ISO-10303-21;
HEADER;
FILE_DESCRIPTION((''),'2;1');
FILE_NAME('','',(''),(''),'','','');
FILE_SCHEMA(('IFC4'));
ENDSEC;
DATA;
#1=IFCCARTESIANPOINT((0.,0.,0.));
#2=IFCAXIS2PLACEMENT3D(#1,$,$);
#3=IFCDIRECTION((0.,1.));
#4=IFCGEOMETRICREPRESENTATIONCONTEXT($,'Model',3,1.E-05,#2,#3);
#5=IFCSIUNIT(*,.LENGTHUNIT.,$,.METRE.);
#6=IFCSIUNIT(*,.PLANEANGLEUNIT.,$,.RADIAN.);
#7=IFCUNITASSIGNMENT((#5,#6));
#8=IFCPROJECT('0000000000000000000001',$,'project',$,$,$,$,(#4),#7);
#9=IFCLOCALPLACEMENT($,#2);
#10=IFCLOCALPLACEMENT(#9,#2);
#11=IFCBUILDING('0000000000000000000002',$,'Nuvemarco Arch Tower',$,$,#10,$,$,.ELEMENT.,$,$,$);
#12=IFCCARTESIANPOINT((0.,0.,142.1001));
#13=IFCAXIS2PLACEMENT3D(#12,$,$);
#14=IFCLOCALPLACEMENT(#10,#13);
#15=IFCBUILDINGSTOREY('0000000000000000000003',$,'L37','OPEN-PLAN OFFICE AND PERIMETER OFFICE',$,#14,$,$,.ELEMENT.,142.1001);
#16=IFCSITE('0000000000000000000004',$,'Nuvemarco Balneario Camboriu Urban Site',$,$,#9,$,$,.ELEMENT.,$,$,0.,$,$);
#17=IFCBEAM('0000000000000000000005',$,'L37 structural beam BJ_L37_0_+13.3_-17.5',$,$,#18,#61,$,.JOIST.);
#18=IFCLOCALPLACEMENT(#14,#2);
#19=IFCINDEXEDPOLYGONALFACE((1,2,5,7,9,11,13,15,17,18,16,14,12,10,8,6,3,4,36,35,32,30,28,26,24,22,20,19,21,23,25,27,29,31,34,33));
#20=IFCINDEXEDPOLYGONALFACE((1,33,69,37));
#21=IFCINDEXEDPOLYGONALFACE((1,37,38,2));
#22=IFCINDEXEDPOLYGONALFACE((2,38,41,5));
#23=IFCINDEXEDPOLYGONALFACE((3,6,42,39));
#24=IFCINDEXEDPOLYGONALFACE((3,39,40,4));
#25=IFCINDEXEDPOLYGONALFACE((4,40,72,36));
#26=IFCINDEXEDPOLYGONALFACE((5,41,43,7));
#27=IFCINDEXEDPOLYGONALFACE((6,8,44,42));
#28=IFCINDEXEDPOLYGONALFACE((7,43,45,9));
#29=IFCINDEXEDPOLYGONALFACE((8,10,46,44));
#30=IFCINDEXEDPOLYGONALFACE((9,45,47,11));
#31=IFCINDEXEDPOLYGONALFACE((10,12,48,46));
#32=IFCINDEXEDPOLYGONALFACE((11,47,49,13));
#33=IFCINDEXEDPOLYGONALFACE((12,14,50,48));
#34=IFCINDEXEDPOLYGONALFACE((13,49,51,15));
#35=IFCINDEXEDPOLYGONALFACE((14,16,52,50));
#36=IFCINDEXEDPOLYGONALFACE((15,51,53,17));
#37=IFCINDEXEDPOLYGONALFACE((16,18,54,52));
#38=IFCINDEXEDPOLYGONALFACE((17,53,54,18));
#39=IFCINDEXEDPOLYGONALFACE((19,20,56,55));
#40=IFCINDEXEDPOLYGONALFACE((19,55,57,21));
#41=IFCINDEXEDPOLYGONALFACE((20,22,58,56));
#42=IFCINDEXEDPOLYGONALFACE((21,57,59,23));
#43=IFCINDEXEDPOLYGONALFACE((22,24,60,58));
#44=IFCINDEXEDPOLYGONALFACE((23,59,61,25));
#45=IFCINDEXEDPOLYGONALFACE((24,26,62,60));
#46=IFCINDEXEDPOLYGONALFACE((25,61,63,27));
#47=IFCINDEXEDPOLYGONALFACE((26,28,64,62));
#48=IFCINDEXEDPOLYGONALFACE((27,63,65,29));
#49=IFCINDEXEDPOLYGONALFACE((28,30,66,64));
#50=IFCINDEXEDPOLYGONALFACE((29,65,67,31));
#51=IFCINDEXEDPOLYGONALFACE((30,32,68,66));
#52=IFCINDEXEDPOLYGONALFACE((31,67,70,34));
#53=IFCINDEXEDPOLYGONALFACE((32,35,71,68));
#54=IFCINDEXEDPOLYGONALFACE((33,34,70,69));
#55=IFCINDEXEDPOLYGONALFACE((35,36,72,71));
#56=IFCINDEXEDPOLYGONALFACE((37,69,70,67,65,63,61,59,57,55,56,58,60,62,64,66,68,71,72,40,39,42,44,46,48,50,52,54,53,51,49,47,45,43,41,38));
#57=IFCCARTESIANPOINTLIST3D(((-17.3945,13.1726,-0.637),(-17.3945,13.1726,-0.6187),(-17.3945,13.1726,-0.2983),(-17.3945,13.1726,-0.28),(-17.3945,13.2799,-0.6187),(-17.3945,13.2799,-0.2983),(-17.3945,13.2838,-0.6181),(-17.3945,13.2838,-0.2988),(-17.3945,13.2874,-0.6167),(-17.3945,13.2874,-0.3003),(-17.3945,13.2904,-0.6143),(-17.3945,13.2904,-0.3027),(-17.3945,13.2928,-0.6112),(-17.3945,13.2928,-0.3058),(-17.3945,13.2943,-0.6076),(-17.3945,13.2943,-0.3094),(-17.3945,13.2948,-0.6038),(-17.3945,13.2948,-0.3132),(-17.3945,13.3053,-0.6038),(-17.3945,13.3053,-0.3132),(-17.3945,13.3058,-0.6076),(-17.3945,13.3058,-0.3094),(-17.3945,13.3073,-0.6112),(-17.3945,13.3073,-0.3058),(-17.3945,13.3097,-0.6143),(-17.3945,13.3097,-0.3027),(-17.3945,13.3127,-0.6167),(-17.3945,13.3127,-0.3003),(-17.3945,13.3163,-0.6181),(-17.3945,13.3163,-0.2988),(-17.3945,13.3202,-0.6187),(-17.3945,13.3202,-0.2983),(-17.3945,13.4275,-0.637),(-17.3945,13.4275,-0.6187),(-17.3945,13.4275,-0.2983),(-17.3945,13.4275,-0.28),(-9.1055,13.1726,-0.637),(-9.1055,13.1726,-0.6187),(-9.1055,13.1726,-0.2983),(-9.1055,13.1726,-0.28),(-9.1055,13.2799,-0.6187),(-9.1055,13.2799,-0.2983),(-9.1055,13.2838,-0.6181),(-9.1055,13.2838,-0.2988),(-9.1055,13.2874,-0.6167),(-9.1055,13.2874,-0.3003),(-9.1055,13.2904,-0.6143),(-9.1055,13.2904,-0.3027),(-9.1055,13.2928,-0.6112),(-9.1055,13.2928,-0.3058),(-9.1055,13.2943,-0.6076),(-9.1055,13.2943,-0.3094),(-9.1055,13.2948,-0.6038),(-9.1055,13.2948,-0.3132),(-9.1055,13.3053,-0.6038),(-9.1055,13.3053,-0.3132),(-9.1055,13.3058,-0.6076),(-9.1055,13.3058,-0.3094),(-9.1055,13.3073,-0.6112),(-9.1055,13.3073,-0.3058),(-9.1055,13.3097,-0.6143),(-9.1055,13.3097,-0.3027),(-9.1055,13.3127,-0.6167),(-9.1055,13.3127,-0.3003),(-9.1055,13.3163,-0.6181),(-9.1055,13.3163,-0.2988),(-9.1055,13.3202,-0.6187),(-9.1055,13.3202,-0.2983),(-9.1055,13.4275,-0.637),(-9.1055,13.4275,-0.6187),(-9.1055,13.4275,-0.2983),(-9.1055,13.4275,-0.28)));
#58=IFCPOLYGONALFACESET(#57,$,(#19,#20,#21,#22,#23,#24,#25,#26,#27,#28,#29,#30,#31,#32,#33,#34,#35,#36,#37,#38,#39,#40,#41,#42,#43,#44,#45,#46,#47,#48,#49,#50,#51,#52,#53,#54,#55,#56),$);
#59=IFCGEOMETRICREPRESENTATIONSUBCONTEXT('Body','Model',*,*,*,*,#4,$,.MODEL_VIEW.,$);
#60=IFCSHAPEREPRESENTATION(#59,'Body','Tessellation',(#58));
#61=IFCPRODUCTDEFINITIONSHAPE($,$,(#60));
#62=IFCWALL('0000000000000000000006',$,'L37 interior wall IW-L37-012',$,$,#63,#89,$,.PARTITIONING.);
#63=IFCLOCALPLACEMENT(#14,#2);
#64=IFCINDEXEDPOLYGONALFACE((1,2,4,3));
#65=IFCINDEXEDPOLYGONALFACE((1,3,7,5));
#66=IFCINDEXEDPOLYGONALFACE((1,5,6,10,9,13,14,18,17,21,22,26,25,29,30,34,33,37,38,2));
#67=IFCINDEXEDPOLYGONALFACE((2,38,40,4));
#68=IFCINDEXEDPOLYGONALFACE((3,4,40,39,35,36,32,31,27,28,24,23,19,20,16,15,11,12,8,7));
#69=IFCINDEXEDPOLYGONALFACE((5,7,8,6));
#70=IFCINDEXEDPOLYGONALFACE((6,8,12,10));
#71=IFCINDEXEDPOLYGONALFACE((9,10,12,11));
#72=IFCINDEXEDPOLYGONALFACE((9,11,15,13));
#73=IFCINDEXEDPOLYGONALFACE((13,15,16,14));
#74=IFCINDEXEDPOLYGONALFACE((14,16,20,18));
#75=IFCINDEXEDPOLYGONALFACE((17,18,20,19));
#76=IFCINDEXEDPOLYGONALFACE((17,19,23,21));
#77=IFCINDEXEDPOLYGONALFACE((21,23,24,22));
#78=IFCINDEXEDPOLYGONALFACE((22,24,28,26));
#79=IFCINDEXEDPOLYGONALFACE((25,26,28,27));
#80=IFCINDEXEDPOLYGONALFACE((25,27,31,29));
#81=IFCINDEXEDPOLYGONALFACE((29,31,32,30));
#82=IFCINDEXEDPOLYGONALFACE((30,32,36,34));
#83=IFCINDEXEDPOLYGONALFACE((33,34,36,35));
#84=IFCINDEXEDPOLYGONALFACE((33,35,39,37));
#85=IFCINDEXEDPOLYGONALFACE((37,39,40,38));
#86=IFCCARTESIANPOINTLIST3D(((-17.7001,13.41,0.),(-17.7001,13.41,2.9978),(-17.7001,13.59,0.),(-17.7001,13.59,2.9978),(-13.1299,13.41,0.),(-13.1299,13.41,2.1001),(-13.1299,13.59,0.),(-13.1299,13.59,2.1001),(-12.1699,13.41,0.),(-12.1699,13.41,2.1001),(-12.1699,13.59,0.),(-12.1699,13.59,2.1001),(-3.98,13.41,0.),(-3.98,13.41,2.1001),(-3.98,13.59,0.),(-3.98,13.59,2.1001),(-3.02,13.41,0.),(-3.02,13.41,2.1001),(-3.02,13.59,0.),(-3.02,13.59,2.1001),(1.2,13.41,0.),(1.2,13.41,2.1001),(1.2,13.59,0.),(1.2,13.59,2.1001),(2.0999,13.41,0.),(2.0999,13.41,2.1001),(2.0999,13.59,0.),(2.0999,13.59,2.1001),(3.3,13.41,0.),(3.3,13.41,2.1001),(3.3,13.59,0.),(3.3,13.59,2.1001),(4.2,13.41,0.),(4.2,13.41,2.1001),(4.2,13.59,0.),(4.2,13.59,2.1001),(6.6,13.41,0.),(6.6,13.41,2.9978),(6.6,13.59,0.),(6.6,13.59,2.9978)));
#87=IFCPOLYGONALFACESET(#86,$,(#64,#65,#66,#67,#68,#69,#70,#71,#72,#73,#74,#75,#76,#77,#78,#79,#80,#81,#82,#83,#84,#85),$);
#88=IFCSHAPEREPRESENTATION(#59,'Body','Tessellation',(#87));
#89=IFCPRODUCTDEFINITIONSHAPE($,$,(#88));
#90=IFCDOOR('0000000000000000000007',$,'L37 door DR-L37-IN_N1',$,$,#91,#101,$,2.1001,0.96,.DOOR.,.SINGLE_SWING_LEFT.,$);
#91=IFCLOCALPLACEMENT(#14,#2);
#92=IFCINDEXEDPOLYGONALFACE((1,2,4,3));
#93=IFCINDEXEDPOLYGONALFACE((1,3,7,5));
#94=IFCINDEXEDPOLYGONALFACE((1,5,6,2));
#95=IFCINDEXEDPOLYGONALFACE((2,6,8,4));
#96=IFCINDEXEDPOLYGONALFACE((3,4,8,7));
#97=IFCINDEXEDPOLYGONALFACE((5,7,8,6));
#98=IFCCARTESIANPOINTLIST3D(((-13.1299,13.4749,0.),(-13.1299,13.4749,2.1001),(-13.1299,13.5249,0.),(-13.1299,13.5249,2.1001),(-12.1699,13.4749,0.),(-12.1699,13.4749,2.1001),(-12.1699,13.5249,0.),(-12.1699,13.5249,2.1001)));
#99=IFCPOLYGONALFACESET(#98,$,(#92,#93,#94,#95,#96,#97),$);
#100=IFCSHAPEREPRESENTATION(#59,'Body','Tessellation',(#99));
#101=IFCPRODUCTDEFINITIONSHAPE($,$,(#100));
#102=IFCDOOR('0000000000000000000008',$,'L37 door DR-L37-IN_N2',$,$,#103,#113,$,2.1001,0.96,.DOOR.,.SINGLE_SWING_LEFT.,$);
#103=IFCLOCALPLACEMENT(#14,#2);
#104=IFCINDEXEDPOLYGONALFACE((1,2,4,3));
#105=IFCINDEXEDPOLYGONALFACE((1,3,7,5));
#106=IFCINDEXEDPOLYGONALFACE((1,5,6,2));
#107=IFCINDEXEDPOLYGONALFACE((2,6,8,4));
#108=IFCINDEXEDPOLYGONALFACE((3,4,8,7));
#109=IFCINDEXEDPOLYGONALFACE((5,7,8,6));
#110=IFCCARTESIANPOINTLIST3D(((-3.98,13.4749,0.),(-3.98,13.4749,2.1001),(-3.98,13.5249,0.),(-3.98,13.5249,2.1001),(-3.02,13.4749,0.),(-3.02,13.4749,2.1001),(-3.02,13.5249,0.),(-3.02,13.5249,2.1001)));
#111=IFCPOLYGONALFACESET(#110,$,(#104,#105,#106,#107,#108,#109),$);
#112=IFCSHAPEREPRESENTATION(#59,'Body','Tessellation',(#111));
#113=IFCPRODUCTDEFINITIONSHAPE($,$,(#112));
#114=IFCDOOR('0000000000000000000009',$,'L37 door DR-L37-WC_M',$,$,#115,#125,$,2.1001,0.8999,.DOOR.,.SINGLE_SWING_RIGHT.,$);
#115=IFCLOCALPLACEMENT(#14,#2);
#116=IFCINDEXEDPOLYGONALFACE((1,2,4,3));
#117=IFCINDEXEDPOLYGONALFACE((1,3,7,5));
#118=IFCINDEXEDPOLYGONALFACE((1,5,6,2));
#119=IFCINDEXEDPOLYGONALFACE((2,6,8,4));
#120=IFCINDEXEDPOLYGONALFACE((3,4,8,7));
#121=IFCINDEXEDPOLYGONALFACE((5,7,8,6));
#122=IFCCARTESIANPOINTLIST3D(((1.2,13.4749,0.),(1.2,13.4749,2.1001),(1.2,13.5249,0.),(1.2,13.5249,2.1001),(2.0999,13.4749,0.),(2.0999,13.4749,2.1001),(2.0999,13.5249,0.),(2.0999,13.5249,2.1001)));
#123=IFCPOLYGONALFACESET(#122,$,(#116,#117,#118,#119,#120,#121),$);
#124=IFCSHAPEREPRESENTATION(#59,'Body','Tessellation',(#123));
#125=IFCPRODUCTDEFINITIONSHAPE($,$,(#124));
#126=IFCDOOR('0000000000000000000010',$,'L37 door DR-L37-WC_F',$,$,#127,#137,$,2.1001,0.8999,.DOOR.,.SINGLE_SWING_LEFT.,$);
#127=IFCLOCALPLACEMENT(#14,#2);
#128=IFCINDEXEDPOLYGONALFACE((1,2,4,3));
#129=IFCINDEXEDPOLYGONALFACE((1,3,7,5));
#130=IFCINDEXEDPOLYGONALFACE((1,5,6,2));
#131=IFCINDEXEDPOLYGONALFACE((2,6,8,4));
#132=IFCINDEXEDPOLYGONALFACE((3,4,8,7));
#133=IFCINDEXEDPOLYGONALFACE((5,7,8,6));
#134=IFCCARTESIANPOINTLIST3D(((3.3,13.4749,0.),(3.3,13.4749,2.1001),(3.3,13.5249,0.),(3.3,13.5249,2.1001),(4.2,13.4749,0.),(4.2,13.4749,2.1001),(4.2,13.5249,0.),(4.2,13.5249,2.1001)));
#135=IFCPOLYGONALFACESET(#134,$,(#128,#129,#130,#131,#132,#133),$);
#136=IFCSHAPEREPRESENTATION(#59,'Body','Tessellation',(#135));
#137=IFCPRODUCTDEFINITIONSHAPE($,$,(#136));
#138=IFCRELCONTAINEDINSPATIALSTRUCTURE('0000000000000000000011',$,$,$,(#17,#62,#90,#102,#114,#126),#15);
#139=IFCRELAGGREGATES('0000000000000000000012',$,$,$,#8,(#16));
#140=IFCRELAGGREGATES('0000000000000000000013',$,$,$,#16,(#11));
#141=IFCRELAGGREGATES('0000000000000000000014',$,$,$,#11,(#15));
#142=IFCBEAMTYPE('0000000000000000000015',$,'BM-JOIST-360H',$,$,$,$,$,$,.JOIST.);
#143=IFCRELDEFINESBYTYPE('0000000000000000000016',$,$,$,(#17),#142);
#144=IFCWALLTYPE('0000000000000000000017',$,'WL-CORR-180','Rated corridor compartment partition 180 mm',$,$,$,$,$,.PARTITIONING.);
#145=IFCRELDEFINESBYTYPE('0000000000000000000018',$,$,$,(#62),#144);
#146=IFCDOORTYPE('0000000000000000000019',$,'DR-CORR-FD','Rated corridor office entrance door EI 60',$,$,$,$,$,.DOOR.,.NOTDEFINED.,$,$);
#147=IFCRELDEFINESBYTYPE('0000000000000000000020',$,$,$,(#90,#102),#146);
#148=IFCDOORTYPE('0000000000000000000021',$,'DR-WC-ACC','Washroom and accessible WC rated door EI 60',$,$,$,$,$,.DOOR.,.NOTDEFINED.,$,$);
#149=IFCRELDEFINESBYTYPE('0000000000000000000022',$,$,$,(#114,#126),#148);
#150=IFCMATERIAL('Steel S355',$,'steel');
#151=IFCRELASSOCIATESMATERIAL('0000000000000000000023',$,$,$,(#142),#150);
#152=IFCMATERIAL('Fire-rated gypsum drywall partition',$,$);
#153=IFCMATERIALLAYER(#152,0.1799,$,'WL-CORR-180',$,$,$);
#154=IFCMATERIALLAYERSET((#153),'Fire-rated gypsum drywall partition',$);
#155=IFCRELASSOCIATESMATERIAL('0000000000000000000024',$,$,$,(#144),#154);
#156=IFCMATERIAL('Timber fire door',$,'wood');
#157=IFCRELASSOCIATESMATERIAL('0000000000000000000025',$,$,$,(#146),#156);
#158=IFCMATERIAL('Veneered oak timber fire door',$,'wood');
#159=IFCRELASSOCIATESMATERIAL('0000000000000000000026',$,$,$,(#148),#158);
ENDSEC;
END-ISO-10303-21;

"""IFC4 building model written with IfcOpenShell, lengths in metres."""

from ifc_helpers import new_model, si_unit, direction, frame, frame_2d, origin, origin_2d, place, context, subcontext, project, spatial, rectangle, i_section, extrude, source, transform, mapped, material, layer, layer_set, material_profile, profile_set, type_object, type_shapes, element, fill, save


model = new_model("IFC4")

# Units and contexts
model_context = context("Model", 3, precision=1e-05, world=origin(), true_north=direction((0.0, 1.0)))
body_context = subcontext(model_context, "Body", "Model", "MODEL_VIEW")
ifc_project = project(units=[si_unit("LENGTHUNIT", "METRE"), si_unit("PLANEANGLEUNIT", "RADIAN")], contexts=[model_context])

# Site, building, storey
site_placement = place(None, origin())
site = spatial("IfcSite", under=ifc_project, at=site_placement, Name="Nuvemarco Balneario Camboriu Urban Site", CompositionType="ELEMENT", RefElevation=0.0)
building_placement = place(site_placement, origin())
building = spatial("IfcBuilding", under=site, at=building_placement, Name="Nuvemarco Arch Tower", CompositionType="ELEMENT")
storey_placement = place(building_placement, frame((0.0, 0.0, 142.1001)))
storey = spatial("IfcBuildingStorey", under=building, at=storey_placement, Name="L37", Description="OPEN-PLAN OFFICE AND PERIMETER OFFICE", CompositionType="ELEMENT", Elevation=142.1001)

# Shared definitions
ifc_material_1 = material(Name="Steel S355", Category="steel")

# Beam
ifc_material_profile_1 = material_profile(ifc_material_1, i_section(OverallWidth=0.2549, OverallDepth=0.3569, WebThickness=0.0105, FlangeThickness=0.0183, FilletRadius=0.0149, at=origin_2d()), Name="W360x101")
ifc_profile_set_1 = profile_set([ifc_material_profile_1], Name="Steel S355")
beam_type_1 = type_object("IfcBeamType", Name="BM-JOIST-360H", PredefinedType="JOIST", material=ifc_profile_set_1)
beam_1_placement = place(storey_placement, frame((-17.3945, 13.3, -0.4585), z_axis=(1.0, 0.0, 0.0), x_axis=(0.0, 1.0, 0.0)))
element("IfcBeam", 1, at=beam_1_placement, inside=storey, type_object=beam_type_1, Name="L37 structural beam BJ_L37_0_+13.3_-17.5", PredefinedType="JOIST", context=body_context, shape_type="SweptSolid", body=[
    extrude(i_section(OverallWidth=0.2549, OverallDepth=0.3569, WebThickness=0.0105, FlangeThickness=0.0183, FilletRadius=0.0149, at=origin_2d()), origin(), (0.0, 0.0, 1.0), 8.2891),
])

# Wall, openings, doors
ifc_material_2 = material(Name="Fire-rated gypsum drywall partition")
ifc_layer_1 = layer(ifc_material_2, 0.1799, Name="WL-CORR-180")
ifc_layer_set_1 = layer_set([ifc_layer_1], Name="Fire-rated gypsum drywall partition")
wall_type_1 = type_object("IfcWallType", Name="WL-CORR-180", Description="Rated corridor compartment partition 180 mm", PredefinedType="PARTITIONING", material=ifc_layer_set_1)
wall_1_placement = place(storey_placement, frame((-17.7, 13.5, 0.0), z_axis=(0.0, 0.0, 1.0), x_axis=(1.0, 0.0, 0.0)))
wall_1 = element("IfcWall", 2, at=wall_1_placement, inside=storey, type_object=wall_type_1, Name="L37 interior wall IW-L37-012", PredefinedType="PARTITIONING", context=body_context, shape_type="SweptSolid", body=[
    extrude(rectangle(XDim=24.3, YDim=0.1799, at=frame_2d((12.1499, 0.0))), origin(), (0.0, 0.0, 1.0), 2.9978),
])
opening_1_placement = place(wall_1_placement, frame((4.5701, 0.0, 0.0)))
opening_1 = element("IfcOpeningElement", 3, at=opening_1_placement, cuts=wall_1, PredefinedType="OPENING", context=body_context, shape_type="SweptSolid", body=[
    extrude(rectangle(XDim=0.96, YDim=2.1001, at=frame_2d((0.48, 1.05))), frame((0.0, 0.0999, 0.0), z_axis=(0.0, -1.0, 0.0), x_axis=(1.0, 0.0, 0.0)), (0.0, 0.0, 1.0), 0.2),
])
opening_2_placement = place(wall_1_placement, frame((13.72, 0.0, 0.0)))
opening_2 = element("IfcOpeningElement", 4, at=opening_2_placement, cuts=wall_1, PredefinedType="OPENING", context=body_context, shape_type="SweptSolid", body=[
    extrude(rectangle(XDim=0.96, YDim=2.1001, at=frame_2d((0.48, 1.05))), frame((0.0, 0.0999, 0.0), z_axis=(0.0, -1.0, 0.0), x_axis=(1.0, 0.0, 0.0)), (0.0, 0.0, 1.0), 0.2),
])
opening_3_placement = place(wall_1_placement, frame((18.8999, 0.0, 0.0)))
opening_3 = element("IfcOpeningElement", 5, at=opening_3_placement, cuts=wall_1, PredefinedType="OPENING", context=body_context, shape_type="SweptSolid", body=[
    extrude(rectangle(XDim=0.8999, YDim=2.1001, at=frame_2d((0.45, 1.05))), frame((0.0, 0.0999, 0.0), z_axis=(0.0, -1.0, 0.0), x_axis=(1.0, 0.0, 0.0)), (0.0, 0.0, 1.0), 0.2),
])
opening_4_placement = place(wall_1_placement, frame((21.0, 0.0, 0.0)))
opening_4 = element("IfcOpeningElement", 6, at=opening_4_placement, cuts=wall_1, PredefinedType="OPENING", context=body_context, shape_type="SweptSolid", body=[
    extrude(rectangle(XDim=0.8999, YDim=2.1001, at=frame_2d((0.45, 1.05))), frame((0.0, 0.0999, 0.0), z_axis=(0.0, -1.0, 0.0), x_axis=(1.0, 0.0, 0.0)), (0.0, 0.0, 1.0), 0.2),
])
ifc_material_3 = material(Name="Timber fire door", Category="wood")
door_type_1 = type_object("IfcDoorType", Name="DR-CORR-FD", Description="Rated corridor office entrance door EI 60", OperationType="NOTDEFINED", PredefinedType="DOOR", material=ifc_material_3)
shared_shape_1 = source(origin(), body_context, "Body", "SweptSolid", [
    extrude(rectangle(XDim=0.96, YDim=2.1001, at=frame_2d((0.48, 1.05))), frame((0.0, 0.0249, 0.0), z_axis=(0.0, -1.0, 0.0), x_axis=(1.0, 0.0, 0.0)), (0.0, 0.0, 1.0), 0.05),
])
type_shapes(door_type_1, [shared_shape_1])
door_1_placement = place(opening_1_placement, origin())
door_1 = element("IfcDoor", 7, at=door_1_placement, inside=storey, type_object=door_type_1, Name="L37 door DR-L37-IN_N1", OperationType="SINGLE_SWING_LEFT", OverallHeight=2.1001, OverallWidth=0.96, PredefinedType="DOOR", context=body_context, shape_type="MappedRepresentation", body=[
    mapped(shared_shape_1, transform((0.0, 0.0, 0.0), scale=1.0)),
])
fill(opening_1, door_1)
door_2_placement = place(opening_2_placement, origin())
door_2 = element("IfcDoor", 8, at=door_2_placement, inside=storey, type_object=door_type_1, Name="L37 door DR-L37-IN_N2", OperationType="SINGLE_SWING_LEFT", OverallHeight=2.1001, OverallWidth=0.96, PredefinedType="DOOR", context=body_context, shape_type="MappedRepresentation", body=[
    mapped(shared_shape_1, transform((0.0, 0.0, 0.0), scale=1.0)),
])
fill(opening_2, door_2)
ifc_material_4 = material(Name="Veneered oak timber fire door", Category="wood")
door_type_2 = type_object("IfcDoorType", Name="DR-WC-ACC", Description="Washroom and accessible WC rated door EI 60", OperationType="NOTDEFINED", PredefinedType="DOOR", material=ifc_material_4)
shared_shape_2 = source(origin(), body_context, "Body", "SweptSolid", [
    extrude(rectangle(XDim=0.8999, YDim=2.1001, at=frame_2d((0.45, 1.05))), frame((0.0, 0.0249, 0.0), z_axis=(0.0, -1.0, 0.0), x_axis=(1.0, 0.0, 0.0)), (0.0, 0.0, 1.0), 0.05),
])
type_shapes(door_type_2, [shared_shape_2])
door_3_placement = place(opening_3_placement, origin())
door_3 = element("IfcDoor", 9, at=door_3_placement, inside=storey, type_object=door_type_2, Name="L37 door DR-L37-WC_M", OperationType="SINGLE_SWING_RIGHT", OverallHeight=2.1001, OverallWidth=0.8999, PredefinedType="DOOR", context=body_context, shape_type="MappedRepresentation", body=[
    mapped(shared_shape_2, transform((0.0, 0.0, 0.0), scale=1.0)),
])
fill(opening_3, door_3)
door_4_placement = place(opening_4_placement, origin())
door_4 = element("IfcDoor", 10, at=door_4_placement, inside=storey, type_object=door_type_2, Name="L37 door DR-L37-WC_F", OperationType="SINGLE_SWING_LEFT", OverallHeight=2.1001, OverallWidth=0.8999, PredefinedType="DOOR", context=body_context, shape_type="MappedRepresentation", body=[
    mapped(shared_shape_2, transform((0.0, 0.0, 0.0), scale=1.0)),
])
fill(opening_4, door_4)

save(model, "model.ifc")
